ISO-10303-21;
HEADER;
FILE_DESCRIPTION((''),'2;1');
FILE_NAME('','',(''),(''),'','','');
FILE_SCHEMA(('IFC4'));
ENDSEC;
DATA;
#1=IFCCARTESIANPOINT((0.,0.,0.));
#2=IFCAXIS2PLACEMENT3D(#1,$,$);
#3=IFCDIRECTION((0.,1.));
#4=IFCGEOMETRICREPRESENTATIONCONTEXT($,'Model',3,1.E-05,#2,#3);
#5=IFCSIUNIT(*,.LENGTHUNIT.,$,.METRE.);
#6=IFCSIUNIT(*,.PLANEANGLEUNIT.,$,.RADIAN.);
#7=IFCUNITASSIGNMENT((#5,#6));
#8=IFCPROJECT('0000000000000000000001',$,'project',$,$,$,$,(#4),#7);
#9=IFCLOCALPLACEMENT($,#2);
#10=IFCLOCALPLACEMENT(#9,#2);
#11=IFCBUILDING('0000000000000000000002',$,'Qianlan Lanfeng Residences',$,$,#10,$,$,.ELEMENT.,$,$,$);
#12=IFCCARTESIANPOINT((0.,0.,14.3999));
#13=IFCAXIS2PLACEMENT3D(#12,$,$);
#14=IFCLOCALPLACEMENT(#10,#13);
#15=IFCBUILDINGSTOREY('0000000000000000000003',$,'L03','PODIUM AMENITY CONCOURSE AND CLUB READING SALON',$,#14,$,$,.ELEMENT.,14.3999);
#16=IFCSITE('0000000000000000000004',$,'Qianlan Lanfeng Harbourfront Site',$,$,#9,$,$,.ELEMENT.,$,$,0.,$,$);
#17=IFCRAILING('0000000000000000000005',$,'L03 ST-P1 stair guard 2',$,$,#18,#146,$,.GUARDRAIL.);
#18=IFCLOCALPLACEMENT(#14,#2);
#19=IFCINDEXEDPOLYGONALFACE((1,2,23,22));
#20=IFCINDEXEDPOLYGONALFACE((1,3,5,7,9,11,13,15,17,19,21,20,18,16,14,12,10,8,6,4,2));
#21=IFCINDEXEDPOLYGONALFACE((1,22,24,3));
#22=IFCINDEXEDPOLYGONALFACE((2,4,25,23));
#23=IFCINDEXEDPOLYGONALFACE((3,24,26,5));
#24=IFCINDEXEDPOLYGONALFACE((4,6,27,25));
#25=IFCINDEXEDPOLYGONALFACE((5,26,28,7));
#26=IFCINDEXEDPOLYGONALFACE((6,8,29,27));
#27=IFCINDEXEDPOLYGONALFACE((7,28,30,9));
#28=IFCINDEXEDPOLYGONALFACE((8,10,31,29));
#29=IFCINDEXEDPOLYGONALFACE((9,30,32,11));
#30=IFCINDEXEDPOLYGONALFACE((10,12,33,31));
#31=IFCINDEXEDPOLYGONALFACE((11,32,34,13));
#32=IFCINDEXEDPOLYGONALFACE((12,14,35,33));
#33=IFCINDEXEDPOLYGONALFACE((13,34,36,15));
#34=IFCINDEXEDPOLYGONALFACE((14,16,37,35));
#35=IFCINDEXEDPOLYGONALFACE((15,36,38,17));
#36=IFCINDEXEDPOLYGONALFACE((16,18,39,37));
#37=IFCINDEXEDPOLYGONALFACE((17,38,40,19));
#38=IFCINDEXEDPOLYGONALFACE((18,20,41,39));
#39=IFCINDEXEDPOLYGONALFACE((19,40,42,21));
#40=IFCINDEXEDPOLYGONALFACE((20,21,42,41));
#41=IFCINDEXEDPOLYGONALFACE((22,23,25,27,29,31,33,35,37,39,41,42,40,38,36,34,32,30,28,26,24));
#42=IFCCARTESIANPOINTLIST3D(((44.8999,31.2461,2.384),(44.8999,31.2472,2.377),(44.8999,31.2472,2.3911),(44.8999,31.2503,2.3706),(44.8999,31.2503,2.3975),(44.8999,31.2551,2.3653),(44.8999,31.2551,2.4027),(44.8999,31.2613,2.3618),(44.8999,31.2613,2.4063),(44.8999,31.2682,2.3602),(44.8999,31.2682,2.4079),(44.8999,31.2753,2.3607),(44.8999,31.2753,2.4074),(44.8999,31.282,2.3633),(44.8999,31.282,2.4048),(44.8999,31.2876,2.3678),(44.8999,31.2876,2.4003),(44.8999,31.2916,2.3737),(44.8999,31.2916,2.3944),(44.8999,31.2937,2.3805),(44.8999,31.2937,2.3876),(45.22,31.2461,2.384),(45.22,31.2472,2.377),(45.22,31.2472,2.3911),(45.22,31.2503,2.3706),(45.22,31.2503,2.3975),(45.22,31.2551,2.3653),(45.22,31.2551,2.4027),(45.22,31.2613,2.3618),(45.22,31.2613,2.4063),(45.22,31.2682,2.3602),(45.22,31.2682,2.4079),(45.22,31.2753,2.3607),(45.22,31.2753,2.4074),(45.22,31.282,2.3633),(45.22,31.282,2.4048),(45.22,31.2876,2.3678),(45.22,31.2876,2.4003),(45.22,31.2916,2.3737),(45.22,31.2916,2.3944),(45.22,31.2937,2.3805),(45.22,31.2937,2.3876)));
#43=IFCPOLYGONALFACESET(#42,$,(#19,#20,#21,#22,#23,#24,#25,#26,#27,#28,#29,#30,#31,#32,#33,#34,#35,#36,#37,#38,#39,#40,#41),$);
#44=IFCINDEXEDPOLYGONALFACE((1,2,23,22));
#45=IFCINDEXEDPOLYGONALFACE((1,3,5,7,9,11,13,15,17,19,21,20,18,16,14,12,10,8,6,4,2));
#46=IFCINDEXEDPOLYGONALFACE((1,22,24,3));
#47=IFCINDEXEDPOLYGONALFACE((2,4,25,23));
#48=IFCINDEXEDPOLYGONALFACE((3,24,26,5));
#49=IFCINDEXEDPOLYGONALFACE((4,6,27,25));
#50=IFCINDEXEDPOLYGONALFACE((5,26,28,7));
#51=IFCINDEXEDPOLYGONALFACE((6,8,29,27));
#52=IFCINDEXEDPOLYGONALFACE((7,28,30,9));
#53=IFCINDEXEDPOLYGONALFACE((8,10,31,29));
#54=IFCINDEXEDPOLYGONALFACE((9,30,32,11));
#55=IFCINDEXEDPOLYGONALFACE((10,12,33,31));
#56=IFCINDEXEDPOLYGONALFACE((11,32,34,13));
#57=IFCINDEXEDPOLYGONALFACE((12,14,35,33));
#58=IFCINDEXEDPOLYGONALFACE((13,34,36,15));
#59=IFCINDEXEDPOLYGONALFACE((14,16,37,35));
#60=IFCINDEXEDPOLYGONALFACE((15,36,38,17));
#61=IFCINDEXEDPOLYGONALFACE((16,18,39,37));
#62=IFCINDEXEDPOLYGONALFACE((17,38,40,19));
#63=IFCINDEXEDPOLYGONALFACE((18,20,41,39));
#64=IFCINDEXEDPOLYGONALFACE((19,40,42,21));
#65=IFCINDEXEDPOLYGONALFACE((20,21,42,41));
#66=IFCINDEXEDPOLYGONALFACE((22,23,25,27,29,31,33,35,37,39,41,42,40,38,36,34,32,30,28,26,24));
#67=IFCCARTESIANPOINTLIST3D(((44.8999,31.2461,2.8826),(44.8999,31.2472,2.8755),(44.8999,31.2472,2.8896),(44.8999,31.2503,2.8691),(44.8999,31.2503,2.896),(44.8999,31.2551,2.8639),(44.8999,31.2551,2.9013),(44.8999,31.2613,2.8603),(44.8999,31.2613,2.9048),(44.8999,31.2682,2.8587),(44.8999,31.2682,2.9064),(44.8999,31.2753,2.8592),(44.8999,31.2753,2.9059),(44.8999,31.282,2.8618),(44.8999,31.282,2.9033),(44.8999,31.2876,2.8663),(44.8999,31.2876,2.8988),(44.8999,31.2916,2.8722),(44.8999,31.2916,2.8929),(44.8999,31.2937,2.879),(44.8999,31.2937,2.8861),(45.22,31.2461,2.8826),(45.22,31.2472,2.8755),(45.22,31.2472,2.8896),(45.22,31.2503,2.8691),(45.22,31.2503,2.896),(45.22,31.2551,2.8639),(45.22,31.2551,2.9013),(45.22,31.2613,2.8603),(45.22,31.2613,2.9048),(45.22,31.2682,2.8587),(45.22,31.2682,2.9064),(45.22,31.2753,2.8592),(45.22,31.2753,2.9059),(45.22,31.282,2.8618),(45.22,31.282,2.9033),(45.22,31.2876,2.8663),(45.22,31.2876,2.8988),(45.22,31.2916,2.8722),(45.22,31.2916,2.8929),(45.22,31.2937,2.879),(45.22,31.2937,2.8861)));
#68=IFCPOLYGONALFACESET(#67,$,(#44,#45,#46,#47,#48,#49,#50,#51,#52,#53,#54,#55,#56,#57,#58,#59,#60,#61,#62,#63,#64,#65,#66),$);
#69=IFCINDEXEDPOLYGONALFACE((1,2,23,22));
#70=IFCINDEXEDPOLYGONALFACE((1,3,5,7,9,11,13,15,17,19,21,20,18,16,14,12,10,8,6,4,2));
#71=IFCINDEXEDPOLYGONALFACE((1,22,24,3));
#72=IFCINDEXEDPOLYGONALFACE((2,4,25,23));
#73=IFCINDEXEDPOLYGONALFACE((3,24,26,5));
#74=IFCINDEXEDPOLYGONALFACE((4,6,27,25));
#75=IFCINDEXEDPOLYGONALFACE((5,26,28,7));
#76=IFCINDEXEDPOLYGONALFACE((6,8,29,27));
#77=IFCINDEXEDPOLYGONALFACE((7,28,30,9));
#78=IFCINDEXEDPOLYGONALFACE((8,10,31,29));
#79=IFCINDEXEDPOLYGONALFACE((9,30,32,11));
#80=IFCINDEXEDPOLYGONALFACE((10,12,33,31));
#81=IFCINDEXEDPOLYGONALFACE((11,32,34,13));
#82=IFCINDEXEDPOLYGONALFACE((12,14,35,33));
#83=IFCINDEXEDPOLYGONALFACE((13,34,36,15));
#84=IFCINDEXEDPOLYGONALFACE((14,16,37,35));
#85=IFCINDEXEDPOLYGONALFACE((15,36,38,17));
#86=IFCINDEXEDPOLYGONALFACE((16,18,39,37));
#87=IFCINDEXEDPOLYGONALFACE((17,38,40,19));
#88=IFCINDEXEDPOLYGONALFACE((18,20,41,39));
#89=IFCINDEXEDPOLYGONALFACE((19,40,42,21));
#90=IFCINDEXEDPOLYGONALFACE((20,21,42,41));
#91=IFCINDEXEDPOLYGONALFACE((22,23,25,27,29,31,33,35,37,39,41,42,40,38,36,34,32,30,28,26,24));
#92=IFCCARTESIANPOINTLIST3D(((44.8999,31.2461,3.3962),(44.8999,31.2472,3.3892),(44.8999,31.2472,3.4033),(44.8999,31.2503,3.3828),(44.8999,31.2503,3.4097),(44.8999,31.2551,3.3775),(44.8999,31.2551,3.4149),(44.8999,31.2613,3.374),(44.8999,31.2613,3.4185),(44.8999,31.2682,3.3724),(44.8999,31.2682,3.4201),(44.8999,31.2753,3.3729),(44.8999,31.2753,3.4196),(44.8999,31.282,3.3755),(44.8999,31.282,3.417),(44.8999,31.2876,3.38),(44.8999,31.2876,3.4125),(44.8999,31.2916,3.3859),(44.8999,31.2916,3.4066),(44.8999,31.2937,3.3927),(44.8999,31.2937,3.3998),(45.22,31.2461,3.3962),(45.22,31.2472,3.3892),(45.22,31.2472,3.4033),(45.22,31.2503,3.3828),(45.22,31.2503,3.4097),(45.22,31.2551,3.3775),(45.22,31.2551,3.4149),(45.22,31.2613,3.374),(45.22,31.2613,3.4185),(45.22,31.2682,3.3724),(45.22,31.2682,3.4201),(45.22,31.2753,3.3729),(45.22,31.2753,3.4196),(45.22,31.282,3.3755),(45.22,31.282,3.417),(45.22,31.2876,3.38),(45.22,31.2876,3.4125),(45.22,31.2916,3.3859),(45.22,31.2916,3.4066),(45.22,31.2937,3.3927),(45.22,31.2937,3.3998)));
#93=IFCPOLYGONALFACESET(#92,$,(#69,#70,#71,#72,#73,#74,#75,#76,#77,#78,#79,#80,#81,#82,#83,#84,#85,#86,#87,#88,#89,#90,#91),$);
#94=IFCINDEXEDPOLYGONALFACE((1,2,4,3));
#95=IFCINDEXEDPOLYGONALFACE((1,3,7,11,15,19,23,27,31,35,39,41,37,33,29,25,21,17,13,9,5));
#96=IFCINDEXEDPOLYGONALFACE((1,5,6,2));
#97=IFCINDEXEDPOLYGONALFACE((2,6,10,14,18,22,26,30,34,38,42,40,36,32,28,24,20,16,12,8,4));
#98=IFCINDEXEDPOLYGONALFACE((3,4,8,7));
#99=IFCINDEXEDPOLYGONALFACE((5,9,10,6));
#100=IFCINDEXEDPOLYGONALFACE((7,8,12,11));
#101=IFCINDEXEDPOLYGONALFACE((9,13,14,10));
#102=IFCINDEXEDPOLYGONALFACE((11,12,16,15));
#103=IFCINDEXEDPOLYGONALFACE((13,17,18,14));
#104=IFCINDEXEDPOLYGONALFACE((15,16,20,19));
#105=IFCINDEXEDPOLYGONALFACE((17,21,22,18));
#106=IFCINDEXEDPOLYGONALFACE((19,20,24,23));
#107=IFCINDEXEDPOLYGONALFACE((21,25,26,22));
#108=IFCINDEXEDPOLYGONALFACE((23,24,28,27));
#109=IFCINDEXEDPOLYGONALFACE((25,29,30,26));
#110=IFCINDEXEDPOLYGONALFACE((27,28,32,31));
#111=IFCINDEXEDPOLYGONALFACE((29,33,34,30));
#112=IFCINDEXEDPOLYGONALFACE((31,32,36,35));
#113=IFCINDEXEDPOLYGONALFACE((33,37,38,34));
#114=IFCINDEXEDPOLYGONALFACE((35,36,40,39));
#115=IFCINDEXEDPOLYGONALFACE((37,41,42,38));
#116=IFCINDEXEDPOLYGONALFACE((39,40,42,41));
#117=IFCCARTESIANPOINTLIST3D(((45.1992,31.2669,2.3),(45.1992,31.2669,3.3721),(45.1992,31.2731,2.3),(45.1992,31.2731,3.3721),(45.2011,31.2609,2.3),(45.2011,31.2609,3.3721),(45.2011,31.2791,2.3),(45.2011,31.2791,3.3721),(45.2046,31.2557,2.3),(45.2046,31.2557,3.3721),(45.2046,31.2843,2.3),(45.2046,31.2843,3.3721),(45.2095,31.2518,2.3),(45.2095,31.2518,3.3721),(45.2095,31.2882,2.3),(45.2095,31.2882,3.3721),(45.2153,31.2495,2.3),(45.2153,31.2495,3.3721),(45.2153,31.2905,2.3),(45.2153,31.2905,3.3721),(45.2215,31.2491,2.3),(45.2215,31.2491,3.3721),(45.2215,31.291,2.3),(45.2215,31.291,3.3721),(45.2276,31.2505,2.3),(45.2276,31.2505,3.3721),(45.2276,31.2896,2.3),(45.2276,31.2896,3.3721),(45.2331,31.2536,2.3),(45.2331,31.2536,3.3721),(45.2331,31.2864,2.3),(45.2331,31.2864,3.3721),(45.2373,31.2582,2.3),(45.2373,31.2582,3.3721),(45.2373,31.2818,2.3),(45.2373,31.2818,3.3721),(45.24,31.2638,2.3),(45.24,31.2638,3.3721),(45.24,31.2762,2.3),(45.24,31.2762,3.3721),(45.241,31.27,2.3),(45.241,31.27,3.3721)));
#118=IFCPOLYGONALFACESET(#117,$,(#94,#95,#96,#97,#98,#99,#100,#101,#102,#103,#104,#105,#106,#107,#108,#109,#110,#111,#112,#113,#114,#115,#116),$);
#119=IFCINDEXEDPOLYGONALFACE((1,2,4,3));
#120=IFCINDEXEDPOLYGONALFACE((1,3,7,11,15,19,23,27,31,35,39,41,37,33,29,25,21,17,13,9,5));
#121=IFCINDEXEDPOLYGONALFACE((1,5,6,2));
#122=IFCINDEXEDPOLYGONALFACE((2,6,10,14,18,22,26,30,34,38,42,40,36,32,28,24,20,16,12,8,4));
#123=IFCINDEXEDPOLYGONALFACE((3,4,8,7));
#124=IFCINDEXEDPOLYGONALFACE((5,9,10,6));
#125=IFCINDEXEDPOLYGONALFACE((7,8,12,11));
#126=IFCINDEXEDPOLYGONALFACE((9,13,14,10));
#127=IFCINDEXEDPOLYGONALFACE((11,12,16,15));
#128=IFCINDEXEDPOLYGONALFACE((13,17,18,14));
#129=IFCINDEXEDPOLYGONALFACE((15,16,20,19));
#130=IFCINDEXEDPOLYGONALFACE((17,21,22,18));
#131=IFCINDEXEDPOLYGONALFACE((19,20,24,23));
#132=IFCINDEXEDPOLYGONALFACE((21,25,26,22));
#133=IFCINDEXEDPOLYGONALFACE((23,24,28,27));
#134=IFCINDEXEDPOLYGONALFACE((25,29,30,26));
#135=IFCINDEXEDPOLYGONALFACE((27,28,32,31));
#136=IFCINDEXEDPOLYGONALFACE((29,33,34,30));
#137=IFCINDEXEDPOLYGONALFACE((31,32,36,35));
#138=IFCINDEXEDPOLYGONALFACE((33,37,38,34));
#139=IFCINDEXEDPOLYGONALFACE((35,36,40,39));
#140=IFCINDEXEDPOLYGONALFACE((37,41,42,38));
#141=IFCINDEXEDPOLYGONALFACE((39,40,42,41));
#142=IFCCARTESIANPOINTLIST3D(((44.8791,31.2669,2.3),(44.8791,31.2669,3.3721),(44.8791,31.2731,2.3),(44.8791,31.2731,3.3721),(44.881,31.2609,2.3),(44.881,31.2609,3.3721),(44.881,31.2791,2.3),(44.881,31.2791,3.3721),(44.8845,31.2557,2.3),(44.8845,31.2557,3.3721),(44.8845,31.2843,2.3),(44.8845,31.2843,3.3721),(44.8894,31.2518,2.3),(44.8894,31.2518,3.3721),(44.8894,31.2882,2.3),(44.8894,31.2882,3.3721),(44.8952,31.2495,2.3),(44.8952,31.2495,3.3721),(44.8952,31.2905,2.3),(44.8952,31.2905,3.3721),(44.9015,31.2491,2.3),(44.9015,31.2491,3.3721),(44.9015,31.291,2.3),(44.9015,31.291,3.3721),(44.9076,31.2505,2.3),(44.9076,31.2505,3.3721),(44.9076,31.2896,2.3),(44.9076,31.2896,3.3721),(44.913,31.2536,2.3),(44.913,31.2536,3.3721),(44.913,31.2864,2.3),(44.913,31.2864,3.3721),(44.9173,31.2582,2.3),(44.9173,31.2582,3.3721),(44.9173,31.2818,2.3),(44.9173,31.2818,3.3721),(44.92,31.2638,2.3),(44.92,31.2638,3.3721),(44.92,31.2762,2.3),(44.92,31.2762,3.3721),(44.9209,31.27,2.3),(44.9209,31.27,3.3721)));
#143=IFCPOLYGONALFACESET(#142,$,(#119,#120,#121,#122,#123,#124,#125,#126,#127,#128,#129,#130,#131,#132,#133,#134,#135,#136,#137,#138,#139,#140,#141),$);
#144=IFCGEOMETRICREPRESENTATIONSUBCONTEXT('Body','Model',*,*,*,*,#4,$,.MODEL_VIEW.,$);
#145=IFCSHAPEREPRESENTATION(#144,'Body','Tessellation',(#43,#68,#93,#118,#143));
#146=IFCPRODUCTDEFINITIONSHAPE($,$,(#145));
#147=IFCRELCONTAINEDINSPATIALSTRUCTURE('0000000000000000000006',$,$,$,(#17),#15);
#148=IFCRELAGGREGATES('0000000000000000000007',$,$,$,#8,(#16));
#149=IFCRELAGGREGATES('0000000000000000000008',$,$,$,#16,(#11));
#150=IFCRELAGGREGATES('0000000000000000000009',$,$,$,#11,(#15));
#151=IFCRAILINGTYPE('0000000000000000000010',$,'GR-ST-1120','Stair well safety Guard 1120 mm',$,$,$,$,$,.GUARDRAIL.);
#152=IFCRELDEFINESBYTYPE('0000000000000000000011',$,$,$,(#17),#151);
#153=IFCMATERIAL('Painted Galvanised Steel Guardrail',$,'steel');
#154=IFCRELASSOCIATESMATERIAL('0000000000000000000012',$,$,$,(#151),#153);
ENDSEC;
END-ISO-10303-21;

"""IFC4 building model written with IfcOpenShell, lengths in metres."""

from ifc_helpers import new_model, si_unit, direction, frame, origin, origin_2d, place, context, subcontext, project, spatial, circle, extrude, material, type_object, element, save


model = new_model("IFC4")

# Units and contexts
model_context = context("Model", 3, precision=1e-05, world=origin(), true_north=direction((0.0, 1.0)))
body_context = subcontext(model_context, "Body", "Model", "MODEL_VIEW")
ifc_project = project(units=[si_unit("LENGTHUNIT", "METRE"), si_unit("PLANEANGLEUNIT", "RADIAN")], contexts=[model_context])

# Site, building, storey
site_placement = place(None, origin())
site = spatial("IfcSite", under=ifc_project, at=site_placement, Name="Qianlan Lanfeng Harbourfront Site", CompositionType="ELEMENT", RefElevation=0.0)
building_placement = place(site_placement, origin())
building = spatial("IfcBuilding", under=site, at=building_placement, Name="Qianlan Lanfeng Residences", CompositionType="ELEMENT")
storey_placement = place(building_placement, frame((0.0, 0.0, 14.3999)))
storey = spatial("IfcBuildingStorey", under=building, at=storey_placement, Name="L03", Description="PODIUM AMENITY CONCOURSE AND CLUB READING SALON", CompositionType="ELEMENT", Elevation=14.3999)

# Railing
ifc_material_1 = material(Name="Painted Galvanised Steel Guardrail", Category="steel")
railing_type_1 = type_object("IfcRailingType", Name="GR-ST-1120", Description="Stair well safety Guard 1120 mm", PredefinedType="GUARDRAIL", material=ifc_material_1)
railing_1_placement = place(storey_placement, frame((45.22, 31.27, 2.3)))
element("IfcRailing", 1, at=railing_1_placement, inside=storey, type_object=railing_type_1, Name="L03 ST-P1 stair guard 2", PredefinedType="GUARDRAIL", context=body_context, shape_type="SweptSolid", body=[
    extrude(circle(Radius=0.0239, at=origin_2d()), frame((0.0, 0.0, 0.084), z_axis=(-1.0, 0.0, 0.0), x_axis=(0.0, -1.0, 0.0)), (0.0, 0.0, 1.0), 0.3201),
    extrude(circle(Radius=0.0239, at=origin_2d()), frame((0.0, 0.0, 0.5825), z_axis=(-1.0, 0.0, 0.0), x_axis=(0.0, -1.0, 0.0)), (0.0, 0.0, 1.0), 0.3201),
    extrude(circle(Radius=0.0239, at=origin_2d()), frame((0.0, 0.0, 1.0962), z_axis=(-1.0, 0.0, 0.0), x_axis=(0.0, -1.0, 0.0)), (0.0, 0.0, 1.0), 0.3201),
    extrude(circle(Radius=0.021, at=origin_2d()), origin(), (0.0, 0.0, 1.0), 1.072),
    extrude(circle(Radius=0.021, at=origin_2d()), frame((-0.3201, 0.0, 0.0)), (0.0, 0.0, 1.0), 1.072),
])

save(model, "model.ifc")
